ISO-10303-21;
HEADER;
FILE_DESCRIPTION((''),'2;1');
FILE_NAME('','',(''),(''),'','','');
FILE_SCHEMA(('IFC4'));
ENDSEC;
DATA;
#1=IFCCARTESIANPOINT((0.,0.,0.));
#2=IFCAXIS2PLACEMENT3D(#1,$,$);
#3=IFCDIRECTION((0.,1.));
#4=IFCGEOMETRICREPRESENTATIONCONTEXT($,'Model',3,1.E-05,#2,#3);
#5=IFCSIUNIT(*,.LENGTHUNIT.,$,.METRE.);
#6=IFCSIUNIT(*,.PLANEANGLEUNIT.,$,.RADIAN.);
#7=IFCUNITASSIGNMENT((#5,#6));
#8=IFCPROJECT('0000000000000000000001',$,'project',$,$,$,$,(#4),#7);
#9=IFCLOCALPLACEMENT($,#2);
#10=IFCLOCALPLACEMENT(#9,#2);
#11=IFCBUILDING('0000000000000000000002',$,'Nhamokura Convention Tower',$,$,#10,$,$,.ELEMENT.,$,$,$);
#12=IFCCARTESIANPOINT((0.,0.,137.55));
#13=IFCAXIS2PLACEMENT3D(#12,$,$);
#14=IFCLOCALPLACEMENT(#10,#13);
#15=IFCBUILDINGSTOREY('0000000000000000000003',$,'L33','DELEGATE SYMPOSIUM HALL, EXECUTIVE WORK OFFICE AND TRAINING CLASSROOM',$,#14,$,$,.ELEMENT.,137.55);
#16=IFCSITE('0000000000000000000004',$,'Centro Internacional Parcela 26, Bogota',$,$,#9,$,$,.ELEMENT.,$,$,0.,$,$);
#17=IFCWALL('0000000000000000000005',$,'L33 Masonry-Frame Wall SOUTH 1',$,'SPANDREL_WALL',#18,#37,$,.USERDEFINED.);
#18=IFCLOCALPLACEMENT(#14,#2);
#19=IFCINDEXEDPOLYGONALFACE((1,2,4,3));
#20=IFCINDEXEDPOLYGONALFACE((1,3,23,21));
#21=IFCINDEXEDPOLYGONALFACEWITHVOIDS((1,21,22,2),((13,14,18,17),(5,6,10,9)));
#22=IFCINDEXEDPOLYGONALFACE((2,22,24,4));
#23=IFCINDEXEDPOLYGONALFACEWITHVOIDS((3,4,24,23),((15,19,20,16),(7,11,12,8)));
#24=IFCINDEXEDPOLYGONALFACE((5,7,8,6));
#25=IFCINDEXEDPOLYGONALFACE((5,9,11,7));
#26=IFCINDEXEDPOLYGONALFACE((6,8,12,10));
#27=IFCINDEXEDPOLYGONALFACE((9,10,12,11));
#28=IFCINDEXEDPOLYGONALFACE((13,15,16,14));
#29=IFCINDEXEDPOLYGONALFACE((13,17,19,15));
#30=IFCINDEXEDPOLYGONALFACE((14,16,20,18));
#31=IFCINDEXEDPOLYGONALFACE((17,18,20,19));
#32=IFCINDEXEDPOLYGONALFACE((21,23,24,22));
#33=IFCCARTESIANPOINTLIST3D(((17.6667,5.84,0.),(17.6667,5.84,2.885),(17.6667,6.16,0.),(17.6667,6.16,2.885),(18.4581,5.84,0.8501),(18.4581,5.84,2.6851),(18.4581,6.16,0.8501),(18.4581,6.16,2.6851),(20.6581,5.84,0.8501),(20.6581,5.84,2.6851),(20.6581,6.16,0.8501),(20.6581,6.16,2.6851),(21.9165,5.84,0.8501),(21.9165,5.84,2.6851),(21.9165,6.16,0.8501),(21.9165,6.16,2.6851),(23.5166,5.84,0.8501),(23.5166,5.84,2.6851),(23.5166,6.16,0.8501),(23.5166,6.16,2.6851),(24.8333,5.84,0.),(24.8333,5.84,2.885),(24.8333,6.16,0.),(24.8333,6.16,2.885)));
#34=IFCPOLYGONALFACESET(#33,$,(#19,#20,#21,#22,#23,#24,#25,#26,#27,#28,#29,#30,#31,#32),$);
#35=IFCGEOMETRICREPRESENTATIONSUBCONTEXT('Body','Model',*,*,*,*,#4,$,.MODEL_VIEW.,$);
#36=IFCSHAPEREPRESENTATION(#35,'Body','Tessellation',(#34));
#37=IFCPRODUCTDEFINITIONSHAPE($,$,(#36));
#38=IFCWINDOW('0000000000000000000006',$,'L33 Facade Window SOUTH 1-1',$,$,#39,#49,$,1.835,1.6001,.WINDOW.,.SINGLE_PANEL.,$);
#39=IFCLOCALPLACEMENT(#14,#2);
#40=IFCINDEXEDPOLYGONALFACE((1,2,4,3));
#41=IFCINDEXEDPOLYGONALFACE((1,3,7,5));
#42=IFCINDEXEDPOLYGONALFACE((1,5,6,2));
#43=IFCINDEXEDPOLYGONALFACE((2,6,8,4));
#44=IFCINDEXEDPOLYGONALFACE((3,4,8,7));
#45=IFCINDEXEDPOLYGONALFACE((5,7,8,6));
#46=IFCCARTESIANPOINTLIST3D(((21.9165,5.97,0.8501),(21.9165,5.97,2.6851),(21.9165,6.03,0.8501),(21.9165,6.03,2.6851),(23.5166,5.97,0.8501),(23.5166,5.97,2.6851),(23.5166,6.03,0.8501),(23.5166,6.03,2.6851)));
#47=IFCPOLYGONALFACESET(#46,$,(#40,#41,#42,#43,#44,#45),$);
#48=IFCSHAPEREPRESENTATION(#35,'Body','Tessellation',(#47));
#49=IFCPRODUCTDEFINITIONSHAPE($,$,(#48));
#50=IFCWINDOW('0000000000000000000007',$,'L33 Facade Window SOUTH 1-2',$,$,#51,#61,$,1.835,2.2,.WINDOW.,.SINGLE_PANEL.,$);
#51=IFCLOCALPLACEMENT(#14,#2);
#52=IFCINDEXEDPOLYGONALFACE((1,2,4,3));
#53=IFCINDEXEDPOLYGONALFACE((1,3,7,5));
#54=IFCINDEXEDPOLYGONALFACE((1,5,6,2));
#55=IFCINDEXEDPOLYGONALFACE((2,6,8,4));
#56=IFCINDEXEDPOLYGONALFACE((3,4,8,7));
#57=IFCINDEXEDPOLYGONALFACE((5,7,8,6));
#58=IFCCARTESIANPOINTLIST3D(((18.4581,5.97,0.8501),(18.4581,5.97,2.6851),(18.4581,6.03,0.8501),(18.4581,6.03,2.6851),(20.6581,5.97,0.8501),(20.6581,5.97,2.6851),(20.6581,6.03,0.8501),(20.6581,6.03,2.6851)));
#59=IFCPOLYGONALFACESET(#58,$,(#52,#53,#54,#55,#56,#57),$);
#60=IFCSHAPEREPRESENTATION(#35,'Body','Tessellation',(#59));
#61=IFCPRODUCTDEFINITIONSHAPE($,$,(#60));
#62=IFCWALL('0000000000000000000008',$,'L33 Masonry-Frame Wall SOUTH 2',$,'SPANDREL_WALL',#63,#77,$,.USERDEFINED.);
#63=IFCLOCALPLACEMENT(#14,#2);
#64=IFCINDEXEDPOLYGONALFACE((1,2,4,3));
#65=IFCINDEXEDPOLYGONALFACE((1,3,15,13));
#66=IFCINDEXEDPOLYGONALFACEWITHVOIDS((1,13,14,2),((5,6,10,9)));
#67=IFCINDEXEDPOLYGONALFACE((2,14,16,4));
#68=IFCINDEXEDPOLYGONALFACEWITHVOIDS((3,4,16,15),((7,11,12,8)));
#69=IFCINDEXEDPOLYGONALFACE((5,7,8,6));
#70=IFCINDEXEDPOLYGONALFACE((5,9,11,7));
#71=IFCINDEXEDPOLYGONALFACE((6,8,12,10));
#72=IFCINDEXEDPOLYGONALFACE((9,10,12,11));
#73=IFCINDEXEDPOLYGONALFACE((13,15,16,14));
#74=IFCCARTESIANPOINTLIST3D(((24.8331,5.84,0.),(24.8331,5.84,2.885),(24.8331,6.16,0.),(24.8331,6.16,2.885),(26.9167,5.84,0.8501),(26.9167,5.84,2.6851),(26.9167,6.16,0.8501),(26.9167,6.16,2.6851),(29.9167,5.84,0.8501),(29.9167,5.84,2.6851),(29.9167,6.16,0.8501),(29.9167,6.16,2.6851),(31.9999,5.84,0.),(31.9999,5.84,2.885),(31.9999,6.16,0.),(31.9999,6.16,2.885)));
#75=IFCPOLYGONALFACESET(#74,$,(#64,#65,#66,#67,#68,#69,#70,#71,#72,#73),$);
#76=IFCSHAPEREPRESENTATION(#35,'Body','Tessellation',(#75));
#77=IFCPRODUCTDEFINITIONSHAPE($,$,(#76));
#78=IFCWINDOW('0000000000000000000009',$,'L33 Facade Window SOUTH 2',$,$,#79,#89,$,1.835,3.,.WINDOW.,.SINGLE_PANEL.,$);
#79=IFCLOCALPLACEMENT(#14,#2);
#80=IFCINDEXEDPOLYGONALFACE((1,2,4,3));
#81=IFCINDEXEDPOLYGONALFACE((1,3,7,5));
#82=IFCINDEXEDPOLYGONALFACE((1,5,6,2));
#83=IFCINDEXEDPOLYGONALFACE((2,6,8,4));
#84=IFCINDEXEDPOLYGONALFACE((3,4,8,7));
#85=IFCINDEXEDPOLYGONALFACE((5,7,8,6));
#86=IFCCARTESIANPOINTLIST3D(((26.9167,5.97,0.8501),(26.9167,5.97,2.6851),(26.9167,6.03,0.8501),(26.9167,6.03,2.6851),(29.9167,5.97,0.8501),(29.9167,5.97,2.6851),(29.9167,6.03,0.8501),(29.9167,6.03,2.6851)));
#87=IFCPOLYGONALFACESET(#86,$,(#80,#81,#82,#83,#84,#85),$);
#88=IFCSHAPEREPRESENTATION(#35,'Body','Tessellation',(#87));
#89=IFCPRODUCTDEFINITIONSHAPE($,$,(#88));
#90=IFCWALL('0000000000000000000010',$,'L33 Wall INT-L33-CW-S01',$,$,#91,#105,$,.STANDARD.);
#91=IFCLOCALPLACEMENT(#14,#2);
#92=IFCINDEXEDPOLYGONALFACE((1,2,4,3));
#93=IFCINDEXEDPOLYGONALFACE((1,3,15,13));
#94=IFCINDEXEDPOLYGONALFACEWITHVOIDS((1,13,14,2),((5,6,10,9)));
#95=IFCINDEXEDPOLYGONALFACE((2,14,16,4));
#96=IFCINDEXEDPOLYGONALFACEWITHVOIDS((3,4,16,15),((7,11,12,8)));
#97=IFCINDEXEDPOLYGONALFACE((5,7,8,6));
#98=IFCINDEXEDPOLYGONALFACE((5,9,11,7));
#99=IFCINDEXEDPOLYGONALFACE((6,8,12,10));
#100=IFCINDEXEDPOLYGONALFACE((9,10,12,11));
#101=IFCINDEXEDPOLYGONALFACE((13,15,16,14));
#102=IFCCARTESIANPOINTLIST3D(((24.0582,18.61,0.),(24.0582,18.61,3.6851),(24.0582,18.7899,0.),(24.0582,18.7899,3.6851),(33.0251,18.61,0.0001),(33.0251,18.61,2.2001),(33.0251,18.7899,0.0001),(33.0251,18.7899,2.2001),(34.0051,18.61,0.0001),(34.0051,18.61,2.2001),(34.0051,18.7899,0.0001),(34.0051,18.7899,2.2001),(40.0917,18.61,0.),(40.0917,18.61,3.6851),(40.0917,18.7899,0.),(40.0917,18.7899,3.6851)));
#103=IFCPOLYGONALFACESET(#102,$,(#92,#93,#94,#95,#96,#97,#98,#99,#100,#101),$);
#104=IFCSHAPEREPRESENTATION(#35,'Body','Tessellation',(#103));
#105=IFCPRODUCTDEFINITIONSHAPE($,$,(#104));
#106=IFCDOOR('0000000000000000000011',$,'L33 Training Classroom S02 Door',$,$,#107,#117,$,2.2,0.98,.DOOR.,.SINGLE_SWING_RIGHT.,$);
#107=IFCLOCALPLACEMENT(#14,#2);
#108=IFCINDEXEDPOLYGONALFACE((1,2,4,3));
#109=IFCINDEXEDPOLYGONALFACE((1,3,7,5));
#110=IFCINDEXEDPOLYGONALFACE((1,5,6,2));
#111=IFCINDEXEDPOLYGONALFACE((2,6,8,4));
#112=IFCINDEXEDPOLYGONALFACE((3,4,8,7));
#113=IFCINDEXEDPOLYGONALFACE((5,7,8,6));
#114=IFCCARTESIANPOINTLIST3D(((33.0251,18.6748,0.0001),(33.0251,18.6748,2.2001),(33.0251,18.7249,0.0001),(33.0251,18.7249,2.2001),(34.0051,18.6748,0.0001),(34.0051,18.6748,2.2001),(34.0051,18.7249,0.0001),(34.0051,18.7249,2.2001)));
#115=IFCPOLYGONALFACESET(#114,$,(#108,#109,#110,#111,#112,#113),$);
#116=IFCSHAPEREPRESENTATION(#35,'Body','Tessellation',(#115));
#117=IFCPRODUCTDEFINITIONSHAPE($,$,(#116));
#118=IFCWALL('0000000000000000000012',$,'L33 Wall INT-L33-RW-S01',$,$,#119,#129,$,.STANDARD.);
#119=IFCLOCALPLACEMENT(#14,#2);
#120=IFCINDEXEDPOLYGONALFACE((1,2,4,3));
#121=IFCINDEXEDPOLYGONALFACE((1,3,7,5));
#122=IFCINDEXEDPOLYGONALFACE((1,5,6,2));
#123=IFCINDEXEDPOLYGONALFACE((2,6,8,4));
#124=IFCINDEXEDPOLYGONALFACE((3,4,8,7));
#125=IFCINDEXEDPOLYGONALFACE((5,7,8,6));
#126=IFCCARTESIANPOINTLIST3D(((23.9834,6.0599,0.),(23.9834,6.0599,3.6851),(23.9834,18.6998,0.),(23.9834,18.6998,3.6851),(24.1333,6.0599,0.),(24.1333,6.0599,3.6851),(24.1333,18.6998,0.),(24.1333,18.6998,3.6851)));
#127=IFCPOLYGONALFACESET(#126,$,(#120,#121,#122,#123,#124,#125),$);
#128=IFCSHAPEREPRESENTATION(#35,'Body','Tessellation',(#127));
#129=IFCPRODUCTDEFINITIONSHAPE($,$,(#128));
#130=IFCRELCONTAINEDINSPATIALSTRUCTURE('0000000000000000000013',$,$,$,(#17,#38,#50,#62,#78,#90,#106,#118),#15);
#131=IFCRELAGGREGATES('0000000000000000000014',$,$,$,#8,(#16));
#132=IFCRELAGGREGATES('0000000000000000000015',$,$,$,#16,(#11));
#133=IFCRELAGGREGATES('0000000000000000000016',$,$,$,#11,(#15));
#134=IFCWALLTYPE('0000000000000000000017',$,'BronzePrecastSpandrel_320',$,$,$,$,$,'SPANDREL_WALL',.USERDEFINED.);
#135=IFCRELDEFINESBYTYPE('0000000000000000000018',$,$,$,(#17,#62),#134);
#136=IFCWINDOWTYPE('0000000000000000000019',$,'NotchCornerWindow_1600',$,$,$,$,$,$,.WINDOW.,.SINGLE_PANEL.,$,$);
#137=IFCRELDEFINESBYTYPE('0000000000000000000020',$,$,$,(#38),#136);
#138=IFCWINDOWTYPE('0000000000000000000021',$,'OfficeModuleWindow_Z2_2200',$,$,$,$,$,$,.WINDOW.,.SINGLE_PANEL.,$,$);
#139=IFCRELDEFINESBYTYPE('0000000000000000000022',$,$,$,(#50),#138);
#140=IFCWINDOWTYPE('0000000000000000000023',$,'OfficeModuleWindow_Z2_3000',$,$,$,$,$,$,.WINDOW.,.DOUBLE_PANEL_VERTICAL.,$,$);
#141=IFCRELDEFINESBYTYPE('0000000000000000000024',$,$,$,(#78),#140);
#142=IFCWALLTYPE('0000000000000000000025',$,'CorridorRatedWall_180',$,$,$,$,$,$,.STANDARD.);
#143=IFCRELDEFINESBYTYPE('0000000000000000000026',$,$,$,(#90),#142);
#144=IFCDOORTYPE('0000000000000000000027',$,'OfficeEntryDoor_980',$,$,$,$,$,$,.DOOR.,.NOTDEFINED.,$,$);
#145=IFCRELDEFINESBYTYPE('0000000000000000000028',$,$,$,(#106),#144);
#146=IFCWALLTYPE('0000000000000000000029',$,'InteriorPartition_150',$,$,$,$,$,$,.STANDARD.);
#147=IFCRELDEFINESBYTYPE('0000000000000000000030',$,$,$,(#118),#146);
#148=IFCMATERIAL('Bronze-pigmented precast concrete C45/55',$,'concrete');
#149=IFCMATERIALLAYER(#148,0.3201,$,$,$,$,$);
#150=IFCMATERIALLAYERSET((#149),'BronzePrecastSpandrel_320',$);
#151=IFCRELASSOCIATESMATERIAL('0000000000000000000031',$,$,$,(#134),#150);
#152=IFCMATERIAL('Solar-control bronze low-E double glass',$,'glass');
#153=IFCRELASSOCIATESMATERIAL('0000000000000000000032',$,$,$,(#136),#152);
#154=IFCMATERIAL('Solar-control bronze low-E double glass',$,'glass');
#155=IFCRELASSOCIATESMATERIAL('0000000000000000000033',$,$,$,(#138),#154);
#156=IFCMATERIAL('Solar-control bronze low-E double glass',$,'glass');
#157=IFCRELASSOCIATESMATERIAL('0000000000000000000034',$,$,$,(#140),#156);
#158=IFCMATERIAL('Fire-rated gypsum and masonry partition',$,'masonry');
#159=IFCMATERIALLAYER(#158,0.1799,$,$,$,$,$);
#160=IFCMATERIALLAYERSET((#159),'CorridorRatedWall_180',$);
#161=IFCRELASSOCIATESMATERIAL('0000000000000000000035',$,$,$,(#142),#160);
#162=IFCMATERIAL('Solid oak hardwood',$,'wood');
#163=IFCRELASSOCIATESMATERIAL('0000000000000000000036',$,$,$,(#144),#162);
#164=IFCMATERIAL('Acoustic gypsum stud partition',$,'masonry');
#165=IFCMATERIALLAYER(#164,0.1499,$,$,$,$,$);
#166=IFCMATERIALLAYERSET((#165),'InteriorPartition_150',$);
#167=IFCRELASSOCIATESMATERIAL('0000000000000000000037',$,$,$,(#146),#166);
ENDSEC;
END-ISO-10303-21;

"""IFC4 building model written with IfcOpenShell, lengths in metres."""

from ifc_helpers import new_model, si_unit, direction, frame, frame_2d, origin, place, context, subcontext, project, spatial, rectangle, extrude, material, layer, layer_set, type_object, element, fill, save


model = new_model("IFC4")

# Units and contexts
model_context = context("Model", 3, precision=1e-05, world=origin(), true_north=direction((0.0, 1.0)))
body_context = subcontext(model_context, "Body", "Model", "MODEL_VIEW")
ifc_project = project(units=[si_unit("LENGTHUNIT", "METRE"), si_unit("PLANEANGLEUNIT", "RADIAN")], contexts=[model_context])

# Site, building, storey
site_placement = place(None, origin())
site = spatial("IfcSite", under=ifc_project, at=site_placement, Name="Centro Internacional Parcela 26, Bogota", CompositionType="ELEMENT", RefElevation=0.0)
building_placement = place(site_placement, origin())
building = spatial("IfcBuilding", under=site, at=building_placement, Name="Nhamokura Convention Tower", CompositionType="ELEMENT")
storey_placement = place(building_placement, frame((0.0, 0.0, 137.55)))
storey = spatial("IfcBuildingStorey", under=building, at=storey_placement, Name="L33", Description="DELEGATE SYMPOSIUM HALL, EXECUTIVE WORK OFFICE AND TRAINING CLASSROOM", CompositionType="ELEMENT", Elevation=137.55)

# Wall, openings, windows
ifc_material_1 = material(Name="Bronze-pigmented precast concrete C45/55", Category="concrete")
ifc_layer_1 = layer(ifc_material_1, 0.3201)
ifc_layer_set_1 = layer_set([ifc_layer_1], Name="BronzePrecastSpandrel_320")
wall_type_1 = type_object("IfcWallType", Name="BronzePrecastSpandrel_320", ElementType="SPANDREL_WALL", PredefinedType="USERDEFINED", material=ifc_layer_set_1)
wall_1_placement = place(storey_placement, frame((24.8333, 6.0, 0.0), z_axis=(0.0, 0.0, 1.0), x_axis=(-1.0, 0.0, 0.0)))
wall_1 = element("IfcWall", 1, at=wall_1_placement, inside=storey, type_object=wall_type_1, Name="L33 Masonry-Frame Wall SOUTH 1", ObjectType="SPANDREL_WALL", PredefinedType="USERDEFINED", context=body_context, shape_type="SweptSolid", body=[
    extrude(rectangle(XDim=7.1665, YDim=0.3201, at=frame_2d((3.5833, 0.0))), origin(), (0.0, 0.0, 1.0), 2.885),
])
opening_1_placement = place(wall_1_placement, frame((1.3167, 0.0, 0.8501)))
opening_1 = element("IfcOpeningElement", 2, at=opening_1_placement, cuts=wall_1, PredefinedType="OPENING", context=body_context, shape_type="SweptSolid", body=[
    extrude(rectangle(XDim=1.6001, YDim=1.835, at=frame_2d((0.8, 0.9175))), frame((0.0, 0.1699, 0.0), z_axis=(0.0, -1.0, 0.0), x_axis=(1.0, 0.0, 0.0)), (0.0, 0.0, 1.0), 0.3401),
])
opening_2_placement = place(wall_1_placement, frame((4.175, 0.0, 0.8501)))
opening_2 = element("IfcOpeningElement", 3, at=opening_2_placement, cuts=wall_1, PredefinedType="OPENING", context=body_context, shape_type="SweptSolid", body=[
    extrude(rectangle(XDim=2.2, YDim=1.835, at=frame_2d((1.1001, 0.9175))), frame((0.0, 0.1699, 0.0), z_axis=(0.0, -1.0, 0.0), x_axis=(1.0, 0.0, 0.0)), (0.0, 0.0, 1.0), 0.3401),
])
ifc_material_2 = material(Name="Solar-control bronze low-E double glass", Category="glass")
window_type_1 = type_object("IfcWindowType", Name="NotchCornerWindow_1600", PartitioningType="SINGLE_PANEL", PredefinedType="WINDOW", material=ifc_material_2)
window_1_placement = place(opening_1_placement, origin())
window_1 = element("IfcWindow", 4, at=window_1_placement, inside=storey, type_object=window_type_1, Name="L33 Facade Window SOUTH 1-1", OverallHeight=1.835, OverallWidth=1.6001, PartitioningType="SINGLE_PANEL", PredefinedType="WINDOW", context=body_context, shape_type="SweptSolid", body=[
    extrude(rectangle(XDim=1.6001, YDim=1.835, at=frame_2d((0.8, 0.9175))), frame((0.0, 0.03, 0.0), z_axis=(0.0, -1.0, 0.0), x_axis=(1.0, 0.0, 0.0)), (0.0, 0.0, 1.0), 0.0601),
])
fill(opening_1, window_1)
ifc_material_3 = material(Name="Solar-control bronze low-E double glass", Category="glass")
window_type_2 = type_object("IfcWindowType", Name="OfficeModuleWindow_Z2_2200", PartitioningType="SINGLE_PANEL", PredefinedType="WINDOW", material=ifc_material_3)
window_2_placement = place(opening_2_placement, origin())
window_2 = element("IfcWindow", 5, at=window_2_placement, inside=storey, type_object=window_type_2, Name="L33 Facade Window SOUTH 1-2", OverallHeight=1.835, OverallWidth=2.2, PartitioningType="SINGLE_PANEL", PredefinedType="WINDOW", context=body_context, shape_type="SweptSolid", body=[
    extrude(rectangle(XDim=2.2, YDim=1.835, at=frame_2d((1.1001, 0.9175))), frame((0.0, 0.03, 0.0), z_axis=(0.0, -1.0, 0.0), x_axis=(1.0, 0.0, 0.0)), (0.0, 0.0, 1.0), 0.0601),
])
fill(opening_2, window_2)

# Wall, opening, window
wall_2_placement = place(storey_placement, frame((32.0, 6.0, 0.0), z_axis=(0.0, 0.0, 1.0), x_axis=(-1.0, 0.0, 0.0)))
wall_2 = element("IfcWall", 6, at=wall_2_placement, inside=storey, type_object=wall_type_1, Name="L33 Masonry-Frame Wall SOUTH 2", ObjectType="SPANDREL_WALL", PredefinedType="USERDEFINED", context=body_context, shape_type="SweptSolid", body=[
    extrude(rectangle(XDim=7.1667, YDim=0.3201, at=frame_2d((3.5835, 0.0))), origin(), (0.0, 0.0, 1.0), 2.885),
])
opening_3_placement = place(wall_2_placement, frame((2.0833, 0.0, 0.8501)))
opening_3 = element("IfcOpeningElement", 7, at=opening_3_placement, cuts=wall_2, PredefinedType="OPENING", context=body_context, shape_type="SweptSolid", body=[
    extrude(rectangle(XDim=3.0, YDim=1.835, at=frame_2d((1.5, 0.9175))), frame((0.0, 0.1699, 0.0), z_axis=(0.0, -1.0, 0.0), x_axis=(1.0, 0.0, 0.0)), (0.0, 0.0, 1.0), 0.3401),
])
ifc_material_4 = material(Name="Solar-control bronze low-E double glass", Category="glass")
window_type_3 = type_object("IfcWindowType", Name="OfficeModuleWindow_Z2_3000", PartitioningType="DOUBLE_PANEL_VERTICAL", PredefinedType="WINDOW", material=ifc_material_4)
window_3_placement = place(opening_3_placement, origin())
window_3 = element("IfcWindow", 8, at=window_3_placement, inside=storey, type_object=window_type_3, Name="L33 Facade Window SOUTH 2", OverallHeight=1.835, OverallWidth=3.0, PartitioningType="SINGLE_PANEL", PredefinedType="WINDOW", context=body_context, shape_type="SweptSolid", body=[
    extrude(rectangle(XDim=3.0, YDim=1.835, at=frame_2d((1.5, 0.9175))), frame((0.0, 0.03, 0.0), z_axis=(0.0, -1.0, 0.0), x_axis=(1.0, 0.0, 0.0)), (0.0, 0.0, 1.0), 0.0601),
])
fill(opening_3, window_3)

# Wall, opening, door
ifc_material_5 = material(Name="Fire-rated gypsum and masonry partition", Category="masonry")
ifc_layer_2 = layer(ifc_material_5, 0.1799)
ifc_layer_set_2 = layer_set([ifc_layer_2], Name="CorridorRatedWall_180")
wall_type_2 = type_object("IfcWallType", Name="CorridorRatedWall_180", PredefinedType="STANDARD", material=ifc_layer_set_2)
wall_3_placement = place(storey_placement, frame((24.0583, 18.7, 0.0), z_axis=(0.0, 0.0, 1.0), x_axis=(1.0, 0.0, 0.0)))
wall_3 = element("IfcWall", 9, at=wall_3_placement, inside=storey, type_object=wall_type_2, Name="L33 Wall INT-L33-CW-S01", PredefinedType="STANDARD", context=body_context, shape_type="SweptSolid", body=[
    extrude(rectangle(XDim=16.0334, YDim=0.1799, at=frame_2d((8.0166, 0.0))), origin(), (0.0, 0.0, 1.0), 3.6851),
])
opening_4_placement = place(wall_3_placement, frame((8.9668, 0.0, 0.0)))
opening_4 = element("IfcOpeningElement", 10, at=opening_4_placement, cuts=wall_3, PredefinedType="OPENING", context=body_context, shape_type="SweptSolid", body=[
    extrude(rectangle(XDim=0.98, YDim=2.2, at=frame_2d((0.49, 1.1001))), frame((0.0, 0.0999, 0.0), z_axis=(0.0, -1.0, 0.0), x_axis=(1.0, 0.0, 0.0)), (0.0, 0.0, 1.0), 0.2),
])
ifc_material_6 = material(Name="Solid oak hardwood", Category="wood")
door_type_1 = type_object("IfcDoorType", Name="OfficeEntryDoor_980", OperationType="NOTDEFINED", PredefinedType="DOOR", material=ifc_material_6)
door_1_placement = place(opening_4_placement, origin())
door_1 = element("IfcDoor", 11, at=door_1_placement, inside=storey, type_object=door_type_1, Name="L33 Training Classroom S02 Door", OperationType="SINGLE_SWING_RIGHT", OverallHeight=2.2, OverallWidth=0.98, PredefinedType="DOOR", context=body_context, shape_type="SweptSolid", body=[
    extrude(rectangle(XDim=0.98, YDim=2.2, at=frame_2d((0.49, 1.1001))), frame((0.0, 0.0249, 0.0), z_axis=(0.0, -1.0, 0.0), x_axis=(1.0, 0.0, 0.0)), (0.0, 0.0, 1.0), 0.05),
])
fill(opening_4, door_1)

# Wall
ifc_material_7 = material(Name="Acoustic gypsum stud partition", Category="masonry")
ifc_layer_3 = layer(ifc_material_7, 0.1499)
ifc_layer_set_3 = layer_set([ifc_layer_3], Name="InteriorPartition_150")
wall_type_3 = type_object("IfcWallType", Name="InteriorPartition_150", PredefinedType="STANDARD", material=ifc_layer_set_3)
wall_4_placement = place(storey_placement, frame((24.0583, 6.0601, 0.0), z_axis=(0.0, 0.0, 1.0), x_axis=(0.0, 1.0, 0.0)))
element("IfcWall", 12, at=wall_4_placement, inside=storey, type_object=wall_type_3, Name="L33 Wall INT-L33-RW-S01", PredefinedType="STANDARD", context=body_context, shape_type="SweptSolid", body=[
    extrude(rectangle(XDim=12.6399, YDim=0.1499, at=frame_2d((6.3198, 0.0))), origin(), (0.0, 0.0, 1.0), 3.6851),
])

save(model, "model.ifc")
